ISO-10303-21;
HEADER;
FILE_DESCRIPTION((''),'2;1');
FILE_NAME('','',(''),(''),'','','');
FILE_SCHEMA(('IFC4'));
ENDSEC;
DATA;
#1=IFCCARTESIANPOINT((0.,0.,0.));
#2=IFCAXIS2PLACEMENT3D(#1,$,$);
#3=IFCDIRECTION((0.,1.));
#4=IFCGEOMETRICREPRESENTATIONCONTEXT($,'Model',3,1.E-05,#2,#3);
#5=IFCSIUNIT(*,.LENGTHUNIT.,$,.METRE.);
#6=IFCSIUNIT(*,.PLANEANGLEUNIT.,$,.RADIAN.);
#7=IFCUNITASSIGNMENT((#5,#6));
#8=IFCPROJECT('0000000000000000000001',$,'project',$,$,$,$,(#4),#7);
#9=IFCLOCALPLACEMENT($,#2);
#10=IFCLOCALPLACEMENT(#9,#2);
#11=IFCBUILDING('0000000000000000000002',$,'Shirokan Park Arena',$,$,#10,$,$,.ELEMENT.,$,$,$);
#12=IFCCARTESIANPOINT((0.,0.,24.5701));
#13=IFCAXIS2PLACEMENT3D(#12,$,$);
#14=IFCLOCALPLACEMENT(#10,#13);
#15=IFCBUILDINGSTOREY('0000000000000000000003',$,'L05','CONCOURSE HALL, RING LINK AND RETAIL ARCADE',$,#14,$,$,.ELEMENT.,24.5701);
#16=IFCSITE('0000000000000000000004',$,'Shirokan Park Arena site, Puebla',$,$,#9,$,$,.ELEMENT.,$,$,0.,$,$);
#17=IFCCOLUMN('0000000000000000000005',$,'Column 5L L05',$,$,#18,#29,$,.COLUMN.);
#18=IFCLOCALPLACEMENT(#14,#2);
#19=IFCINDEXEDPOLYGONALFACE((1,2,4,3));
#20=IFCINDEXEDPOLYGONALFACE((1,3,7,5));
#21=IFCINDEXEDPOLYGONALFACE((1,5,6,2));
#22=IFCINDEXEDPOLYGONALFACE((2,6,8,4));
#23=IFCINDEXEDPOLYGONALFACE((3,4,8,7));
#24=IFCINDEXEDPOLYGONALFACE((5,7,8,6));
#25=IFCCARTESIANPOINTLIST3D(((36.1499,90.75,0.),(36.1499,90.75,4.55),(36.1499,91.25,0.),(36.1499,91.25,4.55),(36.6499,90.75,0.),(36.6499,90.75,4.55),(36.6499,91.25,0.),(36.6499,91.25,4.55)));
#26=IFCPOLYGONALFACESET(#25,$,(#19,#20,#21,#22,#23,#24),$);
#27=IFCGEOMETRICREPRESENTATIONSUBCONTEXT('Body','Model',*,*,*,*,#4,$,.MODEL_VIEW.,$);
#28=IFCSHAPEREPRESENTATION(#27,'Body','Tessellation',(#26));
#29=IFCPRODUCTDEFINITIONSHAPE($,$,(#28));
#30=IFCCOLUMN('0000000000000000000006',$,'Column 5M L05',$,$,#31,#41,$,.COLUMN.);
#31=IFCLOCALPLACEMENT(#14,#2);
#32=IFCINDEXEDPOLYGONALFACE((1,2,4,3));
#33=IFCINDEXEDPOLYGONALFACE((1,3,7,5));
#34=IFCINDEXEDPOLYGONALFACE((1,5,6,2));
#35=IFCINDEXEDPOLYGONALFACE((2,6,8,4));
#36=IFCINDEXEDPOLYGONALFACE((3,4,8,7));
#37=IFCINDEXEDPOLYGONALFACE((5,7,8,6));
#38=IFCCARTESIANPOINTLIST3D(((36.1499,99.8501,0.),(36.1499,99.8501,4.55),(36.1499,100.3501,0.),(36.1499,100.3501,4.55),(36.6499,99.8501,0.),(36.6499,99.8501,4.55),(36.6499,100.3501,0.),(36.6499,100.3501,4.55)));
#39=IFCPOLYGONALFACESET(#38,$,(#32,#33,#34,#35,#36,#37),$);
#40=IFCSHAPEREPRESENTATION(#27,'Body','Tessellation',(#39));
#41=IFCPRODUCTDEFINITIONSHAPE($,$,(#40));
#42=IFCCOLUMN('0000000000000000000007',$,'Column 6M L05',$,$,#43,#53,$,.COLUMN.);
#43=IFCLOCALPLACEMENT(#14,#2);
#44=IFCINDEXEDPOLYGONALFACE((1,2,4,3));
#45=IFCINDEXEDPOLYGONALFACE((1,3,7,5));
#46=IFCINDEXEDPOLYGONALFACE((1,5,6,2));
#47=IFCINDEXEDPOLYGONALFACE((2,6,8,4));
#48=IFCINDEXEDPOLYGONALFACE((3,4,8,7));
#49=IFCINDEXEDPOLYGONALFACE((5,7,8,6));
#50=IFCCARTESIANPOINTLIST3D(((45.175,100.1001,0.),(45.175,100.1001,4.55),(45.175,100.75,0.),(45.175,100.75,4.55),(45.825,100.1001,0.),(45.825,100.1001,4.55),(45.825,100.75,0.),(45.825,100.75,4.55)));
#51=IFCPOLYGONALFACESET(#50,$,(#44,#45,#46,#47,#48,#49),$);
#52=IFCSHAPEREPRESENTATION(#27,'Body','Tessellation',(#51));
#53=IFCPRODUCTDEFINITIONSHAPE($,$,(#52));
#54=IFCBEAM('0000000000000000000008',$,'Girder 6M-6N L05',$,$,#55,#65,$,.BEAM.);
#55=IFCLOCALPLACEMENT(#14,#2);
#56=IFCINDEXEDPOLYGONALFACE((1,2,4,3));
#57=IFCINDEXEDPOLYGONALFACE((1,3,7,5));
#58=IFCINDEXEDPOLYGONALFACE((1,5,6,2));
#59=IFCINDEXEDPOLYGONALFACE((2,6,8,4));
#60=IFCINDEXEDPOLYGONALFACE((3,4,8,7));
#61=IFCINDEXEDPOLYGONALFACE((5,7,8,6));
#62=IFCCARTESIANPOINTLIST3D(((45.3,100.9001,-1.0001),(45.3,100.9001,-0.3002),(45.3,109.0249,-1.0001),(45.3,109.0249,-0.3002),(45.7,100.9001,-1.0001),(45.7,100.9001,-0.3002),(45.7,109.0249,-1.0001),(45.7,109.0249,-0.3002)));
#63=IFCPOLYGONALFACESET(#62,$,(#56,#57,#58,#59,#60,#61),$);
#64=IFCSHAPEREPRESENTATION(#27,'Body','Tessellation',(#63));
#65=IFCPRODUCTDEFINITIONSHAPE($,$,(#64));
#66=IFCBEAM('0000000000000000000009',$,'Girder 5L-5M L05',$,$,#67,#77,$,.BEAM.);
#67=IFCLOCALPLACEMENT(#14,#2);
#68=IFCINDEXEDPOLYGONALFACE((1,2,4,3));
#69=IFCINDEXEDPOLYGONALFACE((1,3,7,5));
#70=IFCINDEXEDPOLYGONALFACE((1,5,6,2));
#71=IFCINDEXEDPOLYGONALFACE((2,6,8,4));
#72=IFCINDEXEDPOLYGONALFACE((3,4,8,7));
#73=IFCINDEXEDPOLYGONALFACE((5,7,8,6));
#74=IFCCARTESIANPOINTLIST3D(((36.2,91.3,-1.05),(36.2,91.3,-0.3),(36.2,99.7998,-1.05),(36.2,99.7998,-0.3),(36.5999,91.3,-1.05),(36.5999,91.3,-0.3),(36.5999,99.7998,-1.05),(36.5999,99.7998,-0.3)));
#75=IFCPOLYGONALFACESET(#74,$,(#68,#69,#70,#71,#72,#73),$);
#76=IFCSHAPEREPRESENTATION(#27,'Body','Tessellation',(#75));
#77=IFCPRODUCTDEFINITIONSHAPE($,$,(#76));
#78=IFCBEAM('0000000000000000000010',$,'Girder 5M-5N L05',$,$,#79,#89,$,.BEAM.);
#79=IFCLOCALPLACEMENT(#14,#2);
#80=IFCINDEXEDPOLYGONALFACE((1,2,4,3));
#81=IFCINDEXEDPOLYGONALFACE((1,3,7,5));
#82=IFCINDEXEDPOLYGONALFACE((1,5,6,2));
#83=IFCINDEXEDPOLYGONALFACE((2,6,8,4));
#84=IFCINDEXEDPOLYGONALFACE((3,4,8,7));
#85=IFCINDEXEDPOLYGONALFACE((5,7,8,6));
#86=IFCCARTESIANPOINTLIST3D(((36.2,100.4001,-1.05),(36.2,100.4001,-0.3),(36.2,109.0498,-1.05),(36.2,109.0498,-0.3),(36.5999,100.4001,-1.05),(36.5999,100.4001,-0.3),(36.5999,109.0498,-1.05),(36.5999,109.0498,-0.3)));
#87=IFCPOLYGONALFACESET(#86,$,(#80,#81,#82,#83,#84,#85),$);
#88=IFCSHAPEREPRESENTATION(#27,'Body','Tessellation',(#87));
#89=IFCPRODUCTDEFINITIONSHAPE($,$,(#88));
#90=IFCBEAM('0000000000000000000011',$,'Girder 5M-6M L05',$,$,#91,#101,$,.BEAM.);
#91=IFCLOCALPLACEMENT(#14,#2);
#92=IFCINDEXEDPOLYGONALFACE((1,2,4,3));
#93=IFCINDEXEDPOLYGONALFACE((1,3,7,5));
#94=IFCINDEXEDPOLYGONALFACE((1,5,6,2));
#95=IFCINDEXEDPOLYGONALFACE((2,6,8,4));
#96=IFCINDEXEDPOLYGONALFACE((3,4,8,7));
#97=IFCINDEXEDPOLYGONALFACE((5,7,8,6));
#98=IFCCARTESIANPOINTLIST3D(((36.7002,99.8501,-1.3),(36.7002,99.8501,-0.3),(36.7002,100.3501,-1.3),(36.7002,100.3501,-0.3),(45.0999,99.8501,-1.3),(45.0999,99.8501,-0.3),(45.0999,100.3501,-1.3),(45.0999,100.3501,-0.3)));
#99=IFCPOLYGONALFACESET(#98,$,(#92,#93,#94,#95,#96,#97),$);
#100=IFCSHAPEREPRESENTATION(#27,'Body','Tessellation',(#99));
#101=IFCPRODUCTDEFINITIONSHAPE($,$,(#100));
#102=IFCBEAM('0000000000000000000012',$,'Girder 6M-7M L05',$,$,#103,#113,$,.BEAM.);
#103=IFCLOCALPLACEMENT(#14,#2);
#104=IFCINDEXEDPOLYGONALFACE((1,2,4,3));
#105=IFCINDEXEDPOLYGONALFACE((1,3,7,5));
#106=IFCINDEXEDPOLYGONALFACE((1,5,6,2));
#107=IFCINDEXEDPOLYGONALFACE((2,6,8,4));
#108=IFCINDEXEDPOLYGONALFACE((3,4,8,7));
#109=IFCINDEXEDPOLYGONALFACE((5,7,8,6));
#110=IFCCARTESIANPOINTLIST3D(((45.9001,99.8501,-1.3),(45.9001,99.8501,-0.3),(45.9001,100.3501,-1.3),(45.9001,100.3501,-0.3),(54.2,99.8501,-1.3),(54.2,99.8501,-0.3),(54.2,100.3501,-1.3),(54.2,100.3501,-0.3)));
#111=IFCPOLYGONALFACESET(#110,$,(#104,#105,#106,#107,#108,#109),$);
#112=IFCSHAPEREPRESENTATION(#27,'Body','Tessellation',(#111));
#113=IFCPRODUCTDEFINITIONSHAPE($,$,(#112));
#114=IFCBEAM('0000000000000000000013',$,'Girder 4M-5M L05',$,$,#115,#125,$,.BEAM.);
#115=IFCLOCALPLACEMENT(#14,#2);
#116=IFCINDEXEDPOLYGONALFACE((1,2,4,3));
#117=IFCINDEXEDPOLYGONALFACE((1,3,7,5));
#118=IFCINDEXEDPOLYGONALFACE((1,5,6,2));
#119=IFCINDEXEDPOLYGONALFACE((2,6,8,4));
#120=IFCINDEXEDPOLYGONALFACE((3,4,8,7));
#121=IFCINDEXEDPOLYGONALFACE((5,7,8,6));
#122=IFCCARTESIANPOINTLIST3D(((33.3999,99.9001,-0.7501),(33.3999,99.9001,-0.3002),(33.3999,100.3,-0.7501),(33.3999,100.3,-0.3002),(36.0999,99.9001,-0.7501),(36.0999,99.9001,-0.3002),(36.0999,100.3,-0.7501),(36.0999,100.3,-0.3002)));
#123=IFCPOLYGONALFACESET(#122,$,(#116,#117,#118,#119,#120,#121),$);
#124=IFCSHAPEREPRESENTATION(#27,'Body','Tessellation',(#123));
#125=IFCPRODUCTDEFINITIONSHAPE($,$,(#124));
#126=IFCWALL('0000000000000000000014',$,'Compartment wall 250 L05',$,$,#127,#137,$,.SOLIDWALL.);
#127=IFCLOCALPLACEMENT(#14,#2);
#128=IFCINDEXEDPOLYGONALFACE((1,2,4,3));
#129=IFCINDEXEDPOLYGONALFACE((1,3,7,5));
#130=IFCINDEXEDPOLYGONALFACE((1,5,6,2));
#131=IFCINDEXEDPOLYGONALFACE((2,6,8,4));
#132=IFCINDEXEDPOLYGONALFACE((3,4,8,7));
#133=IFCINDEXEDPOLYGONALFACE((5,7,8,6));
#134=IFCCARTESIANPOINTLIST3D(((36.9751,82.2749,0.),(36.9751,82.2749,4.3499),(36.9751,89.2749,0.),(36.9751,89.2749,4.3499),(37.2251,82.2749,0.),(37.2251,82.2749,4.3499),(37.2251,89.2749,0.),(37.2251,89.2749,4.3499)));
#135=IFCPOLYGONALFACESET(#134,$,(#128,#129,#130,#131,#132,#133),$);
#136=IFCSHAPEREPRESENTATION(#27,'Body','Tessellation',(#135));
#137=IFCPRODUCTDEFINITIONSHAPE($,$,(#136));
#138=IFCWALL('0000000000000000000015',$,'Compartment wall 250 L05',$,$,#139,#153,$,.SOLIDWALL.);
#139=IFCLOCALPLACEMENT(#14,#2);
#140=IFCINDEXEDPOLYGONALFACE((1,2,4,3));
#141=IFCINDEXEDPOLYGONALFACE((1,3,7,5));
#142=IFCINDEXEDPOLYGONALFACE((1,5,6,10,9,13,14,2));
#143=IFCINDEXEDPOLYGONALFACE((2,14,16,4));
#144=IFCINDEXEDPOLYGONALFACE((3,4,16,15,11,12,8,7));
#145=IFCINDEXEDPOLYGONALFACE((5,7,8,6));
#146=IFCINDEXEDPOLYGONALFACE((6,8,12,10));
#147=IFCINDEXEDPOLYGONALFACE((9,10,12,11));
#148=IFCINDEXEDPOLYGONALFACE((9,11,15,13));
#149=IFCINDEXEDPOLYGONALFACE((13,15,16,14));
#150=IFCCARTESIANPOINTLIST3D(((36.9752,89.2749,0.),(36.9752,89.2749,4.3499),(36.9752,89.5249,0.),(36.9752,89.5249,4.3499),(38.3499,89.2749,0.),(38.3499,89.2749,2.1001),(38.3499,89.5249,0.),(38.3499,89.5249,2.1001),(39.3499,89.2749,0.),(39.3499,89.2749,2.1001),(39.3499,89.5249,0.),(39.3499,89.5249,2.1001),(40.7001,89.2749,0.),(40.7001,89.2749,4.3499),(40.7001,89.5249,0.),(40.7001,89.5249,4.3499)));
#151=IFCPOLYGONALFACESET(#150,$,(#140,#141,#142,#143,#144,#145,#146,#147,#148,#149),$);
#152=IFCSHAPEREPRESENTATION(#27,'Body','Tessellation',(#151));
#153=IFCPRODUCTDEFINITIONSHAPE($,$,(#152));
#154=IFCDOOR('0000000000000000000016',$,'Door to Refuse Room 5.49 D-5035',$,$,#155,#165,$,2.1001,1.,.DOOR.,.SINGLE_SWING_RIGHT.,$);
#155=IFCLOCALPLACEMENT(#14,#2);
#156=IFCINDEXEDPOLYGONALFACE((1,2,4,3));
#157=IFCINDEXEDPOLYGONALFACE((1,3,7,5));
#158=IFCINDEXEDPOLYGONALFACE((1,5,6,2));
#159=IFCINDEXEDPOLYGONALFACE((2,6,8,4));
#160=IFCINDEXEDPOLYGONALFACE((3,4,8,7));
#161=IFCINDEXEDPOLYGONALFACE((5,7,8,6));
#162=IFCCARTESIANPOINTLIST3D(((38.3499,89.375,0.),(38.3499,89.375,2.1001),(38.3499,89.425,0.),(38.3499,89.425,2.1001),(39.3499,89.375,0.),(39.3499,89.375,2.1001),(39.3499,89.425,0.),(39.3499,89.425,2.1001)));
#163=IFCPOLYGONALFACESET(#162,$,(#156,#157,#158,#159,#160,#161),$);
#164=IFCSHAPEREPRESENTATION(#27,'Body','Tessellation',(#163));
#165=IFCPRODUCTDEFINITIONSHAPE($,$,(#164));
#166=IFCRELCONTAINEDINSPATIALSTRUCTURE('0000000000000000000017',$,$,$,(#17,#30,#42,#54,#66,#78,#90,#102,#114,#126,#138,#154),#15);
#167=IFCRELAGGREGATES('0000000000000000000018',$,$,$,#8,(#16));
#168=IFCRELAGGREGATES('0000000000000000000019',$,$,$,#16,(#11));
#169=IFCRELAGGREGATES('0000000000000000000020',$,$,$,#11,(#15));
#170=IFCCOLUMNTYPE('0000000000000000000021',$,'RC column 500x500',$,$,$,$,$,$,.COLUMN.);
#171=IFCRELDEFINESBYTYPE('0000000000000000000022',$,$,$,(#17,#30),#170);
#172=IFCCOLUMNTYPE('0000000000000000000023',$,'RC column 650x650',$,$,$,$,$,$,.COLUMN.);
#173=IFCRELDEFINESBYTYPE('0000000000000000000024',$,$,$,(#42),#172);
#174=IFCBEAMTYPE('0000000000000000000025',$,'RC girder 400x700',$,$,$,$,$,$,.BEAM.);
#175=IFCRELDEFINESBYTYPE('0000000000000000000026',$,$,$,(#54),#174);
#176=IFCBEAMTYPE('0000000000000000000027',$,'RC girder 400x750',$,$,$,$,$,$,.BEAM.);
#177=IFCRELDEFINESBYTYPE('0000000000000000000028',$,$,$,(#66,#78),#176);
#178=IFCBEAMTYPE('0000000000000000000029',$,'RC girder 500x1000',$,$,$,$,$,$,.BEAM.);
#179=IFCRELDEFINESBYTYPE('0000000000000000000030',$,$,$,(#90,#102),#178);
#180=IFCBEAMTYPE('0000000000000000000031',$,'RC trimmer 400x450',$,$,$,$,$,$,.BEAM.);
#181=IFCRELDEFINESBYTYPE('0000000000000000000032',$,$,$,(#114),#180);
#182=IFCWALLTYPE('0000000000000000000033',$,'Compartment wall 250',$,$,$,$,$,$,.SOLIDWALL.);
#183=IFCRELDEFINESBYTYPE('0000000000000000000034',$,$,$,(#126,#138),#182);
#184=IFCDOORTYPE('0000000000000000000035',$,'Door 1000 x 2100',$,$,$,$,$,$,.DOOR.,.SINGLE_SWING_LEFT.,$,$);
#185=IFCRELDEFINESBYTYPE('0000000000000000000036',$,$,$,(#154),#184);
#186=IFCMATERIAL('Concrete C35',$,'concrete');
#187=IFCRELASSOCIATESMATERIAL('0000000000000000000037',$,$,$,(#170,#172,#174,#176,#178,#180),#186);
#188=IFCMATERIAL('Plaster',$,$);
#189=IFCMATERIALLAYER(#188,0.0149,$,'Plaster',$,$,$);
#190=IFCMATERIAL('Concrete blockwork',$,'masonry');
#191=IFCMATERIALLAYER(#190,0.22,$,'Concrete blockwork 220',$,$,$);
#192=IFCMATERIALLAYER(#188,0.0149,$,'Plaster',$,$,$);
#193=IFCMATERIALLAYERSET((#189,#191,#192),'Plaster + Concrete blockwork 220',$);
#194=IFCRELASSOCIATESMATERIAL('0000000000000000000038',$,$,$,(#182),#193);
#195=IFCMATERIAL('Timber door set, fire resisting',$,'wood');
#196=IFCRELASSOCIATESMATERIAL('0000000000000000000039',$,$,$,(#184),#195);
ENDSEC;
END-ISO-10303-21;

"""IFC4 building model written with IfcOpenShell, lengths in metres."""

from ifc_helpers import new_model, si_unit, direction, frame, frame_2d, origin, origin_2d, place, context, subcontext, project, spatial, rectangle, extrude, material, layer, layer_set, material_profile, profile_set, type_object, element, fill, save


model = new_model("IFC4")

# Units and contexts
model_context = context("Model", 3, precision=1e-05, world=origin(), true_north=direction((0.0, 1.0)))
body_context = subcontext(model_context, "Body", "Model", "MODEL_VIEW")
ifc_project = project(units=[si_unit("LENGTHUNIT", "METRE"), si_unit("PLANEANGLEUNIT", "RADIAN")], contexts=[model_context])

# Site, building, storey
site_placement = place(None, origin())
site = spatial("IfcSite", under=ifc_project, at=site_placement, Name="Shirokan Park Arena site, Puebla", CompositionType="ELEMENT", RefElevation=0.0)
building_placement = place(site_placement, origin())
building = spatial("IfcBuilding", under=site, at=building_placement, Name="Shirokan Park Arena", CompositionType="ELEMENT")
storey_placement = place(building_placement, frame((0.0, 0.0, 24.5701)))
storey = spatial("IfcBuildingStorey", under=building, at=storey_placement, Name="L05", Description="CONCOURSE HALL, RING LINK AND RETAIL ARCADE", CompositionType="ELEMENT", Elevation=24.5701)

# Columns
ifc_material_1 = material(Name="Concrete C35", Category="concrete")
ifc_material_profile_1 = material_profile(ifc_material_1, rectangle(XDim=0.5, YDim=0.5, at=origin_2d()), Name="500x500")
ifc_profile_set_1 = profile_set([ifc_material_profile_1], Name="Concrete C35")
column_type_1 = type_object("IfcColumnType", Name="RC column 500x500", PredefinedType="COLUMN", material=ifc_profile_set_1)
for number, where, z_axis, x_axis, name in (
    (1, (36.3999, 91.0, 0.0), (0.0, 0.0, 1.0), (1.0, 0.0, 0.0), "Column 5L L05"),
    (2, (36.3999, 100.1001, 0.0), (0.0, 0.0, 1.0), (1.0, 0.0, 0.0), "Column 5M L05"),
):
    element("IfcColumn", number, at=place(storey_placement, frame(where, z_axis=z_axis, x_axis=x_axis)), inside=storey, type_object=column_type_1, Name=name, PredefinedType="COLUMN", context=body_context, shape_type="SweptSolid", body=[
        extrude(rectangle(XDim=0.5, YDim=0.5, at=origin_2d()), origin(), (0.0, 0.0, 1.0), 4.55),
    ])
ifc_material_profile_2 = material_profile(ifc_material_1, rectangle(XDim=0.6499, YDim=0.6499, at=origin_2d()), Name="650x650")
ifc_profile_set_2 = profile_set([ifc_material_profile_2], Name="Concrete C35")
column_type_2 = type_object("IfcColumnType", Name="RC column 650x650", PredefinedType="COLUMN", material=ifc_profile_set_2)
column_placement = place(storey_placement, frame((45.5, 100.425, 0.0), z_axis=(0.0, 0.0, 1.0), x_axis=(1.0, 0.0, 0.0)))
element("IfcColumn", 3, at=column_placement, inside=storey, type_object=column_type_2, Name="Column 6M L05", PredefinedType="COLUMN", context=body_context, shape_type="SweptSolid", body=[
    extrude(rectangle(XDim=0.6499, YDim=0.6499, at=origin_2d()), origin(), (0.0, 0.0, 1.0), 4.55),
])

# Beams
ifc_material_profile_3 = material_profile(ifc_material_1, rectangle(XDim=0.3999, YDim=0.7, at=origin_2d()), Name="400x700")
ifc_profile_set_3 = profile_set([ifc_material_profile_3], Name="Concrete C35")
beam_type_1 = type_object("IfcBeamType", Name="RC girder 400x700", PredefinedType="BEAM", material=ifc_profile_set_3)
beam_1_placement = place(storey_placement, frame((45.5, 100.9001, -0.6501), z_axis=(0.0, 1.0, 0.0), x_axis=(-1.0, 0.0, 0.0)))
element("IfcBeam", 4, at=beam_1_placement, inside=storey, type_object=beam_type_1, Name="Girder 6M-6N L05", PredefinedType="BEAM", context=body_context, shape_type="SweptSolid", body=[
    extrude(rectangle(XDim=0.3999, YDim=0.7, at=origin_2d()), origin(), (0.0, 0.0, 1.0), 8.1248),
])
ifc_material_profile_4 = material_profile(ifc_material_1, rectangle(XDim=0.3999, YDim=0.75, at=origin_2d()), Name="400x750")
ifc_profile_set_4 = profile_set([ifc_material_profile_4], Name="Concrete C35")
beam_type_2 = type_object("IfcBeamType", Name="RC girder 400x750", PredefinedType="BEAM", material=ifc_profile_set_4)
beam_2_placement = place(storey_placement, frame((36.3999, 91.3, -0.675), z_axis=(0.0, 1.0, 0.0), x_axis=(-1.0, 0.0, 0.0)))
element("IfcBeam", 5, at=beam_2_placement, inside=storey, type_object=beam_type_2, Name="Girder 5L-5M L05", PredefinedType="BEAM", context=body_context, shape_type="SweptSolid", body=[
    extrude(rectangle(XDim=0.3999, YDim=0.75, at=origin_2d()), origin(), (0.0, 0.0, 1.0), 8.4998),
])
beam_3_placement = place(storey_placement, frame((36.3999, 100.4001, -0.675), z_axis=(0.0, 1.0, 0.0), x_axis=(-1.0, 0.0, 0.0)))
element("IfcBeam", 6, at=beam_3_placement, inside=storey, type_object=beam_type_2, Name="Girder 5M-5N L05", PredefinedType="BEAM", context=body_context, shape_type="SweptSolid", body=[
    extrude(rectangle(XDim=0.3999, YDim=0.75, at=origin_2d()), origin(), (0.0, 0.0, 1.0), 8.6497),
])
ifc_material_profile_5 = material_profile(ifc_material_1, rectangle(XDim=0.5, YDim=1.0, at=origin_2d()), Name="500x1000")
ifc_profile_set_5 = profile_set([ifc_material_profile_5], Name="Concrete C35")
beam_type_3 = type_object("IfcBeamType", Name="RC girder 500x1000", PredefinedType="BEAM", material=ifc_profile_set_5)
beam_4_placement = place(storey_placement, frame((36.7002, 100.1001, -0.8), z_axis=(1.0, 0.0, 0.0), x_axis=(0.0, 1.0, 0.0)))
element("IfcBeam", 7, at=beam_4_placement, inside=storey, type_object=beam_type_3, Name="Girder 5M-6M L05", PredefinedType="BEAM", context=body_context, shape_type="SweptSolid", body=[
    extrude(rectangle(XDim=0.5, YDim=1.0, at=origin_2d()), origin(), (0.0, 0.0, 1.0), 8.3997),
])
beam_5_placement = place(storey_placement, frame((45.9001, 100.1001, -0.8), z_axis=(1.0, 0.0, 0.0), x_axis=(0.0, 1.0, 0.0)))
element("IfcBeam", 8, at=beam_5_placement, inside=storey, type_object=beam_type_3, Name="Girder 6M-7M L05", PredefinedType="BEAM", context=body_context, shape_type="SweptSolid", body=[
    extrude(rectangle(XDim=0.5, YDim=1.0, at=origin_2d()), origin(), (0.0, 0.0, 1.0), 8.2998),
])
ifc_material_profile_6 = material_profile(ifc_material_1, rectangle(XDim=0.3999, YDim=0.45, at=origin_2d()), Name="400x450")
ifc_profile_set_6 = profile_set([ifc_material_profile_6], Name="Concrete C35")
beam_type_4 = type_object("IfcBeamType", Name="RC trimmer 400x450", PredefinedType="BEAM", material=ifc_profile_set_6)
beam_6_placement = place(storey_placement, frame((33.3999, 100.1001, -0.5251), z_axis=(1.0, 0.0, 0.0), x_axis=(0.0, 1.0, 0.0)))
element("IfcBeam", 9, at=beam_6_placement, inside=storey, type_object=beam_type_4, Name="Girder 4M-5M L05", PredefinedType="BEAM", context=body_context, shape_type="SweptSolid", body=[
    extrude(rectangle(XDim=0.3999, YDim=0.45, at=origin_2d()), origin(), (0.0, 0.0, 1.0), 2.7),
])

# Wall
ifc_material_2 = material(Name="Plaster")
ifc_layer_1 = layer(ifc_material_2, 0.0149, Name="Plaster")
ifc_material_3 = material(Name="Concrete blockwork", Category="masonry")
ifc_layer_2 = layer(ifc_material_3, 0.22, Name="Concrete blockwork 220")
ifc_layer_3 = layer(ifc_material_2, 0.0149, Name="Plaster")
ifc_layer_set_1 = layer_set([ifc_layer_1, ifc_layer_2, ifc_layer_3], Name="Plaster + Concrete blockwork 220")
wall_type_1 = type_object("IfcWallType", Name="Compartment wall 250", PredefinedType="SOLIDWALL", material=ifc_layer_set_1)
wall_1_placement = place(storey_placement, frame((37.1001, 89.2749, 0.0), z_axis=(0.0, 0.0, 1.0), x_axis=(0.0, -1.0, 0.0)))
element("IfcWall", 10, at=wall_1_placement, inside=storey, type_object=wall_type_1, Name="Compartment wall 250 L05", PredefinedType="SOLIDWALL", context=body_context, shape_type="SweptSolid", body=[
    extrude(rectangle(XDim=7.0, YDim=0.25, at=frame_2d((3.5, 0.0))), origin(), (0.0, 0.0, 1.0), 4.3499),
])

# Wall, opening, door
wall_2_placement = place(storey_placement, frame((40.7, 89.3999, 0.0), z_axis=(0.0, 0.0, 1.0), x_axis=(-1.0, 0.0, 0.0)))
wall_2 = element("IfcWall", 11, at=wall_2_placement, inside=storey, type_object=wall_type_1, Name="Compartment wall 250 L05", PredefinedType="SOLIDWALL", context=body_context, shape_type="SweptSolid", body=[
    extrude(rectangle(XDim=3.7249, YDim=0.25, at=frame_2d((1.8623, 0.0))), origin(), (0.0, 0.0, 1.0), 4.3499),
])
opening_1_placement = place(wall_2_placement, frame((1.3501, 0.0, 0.0)))
opening_1 = element("IfcOpeningElement", 12, at=opening_1_placement, cuts=wall_2, PredefinedType="OPENING", context=body_context, shape_type="SweptSolid", body=[
    extrude(rectangle(XDim=1.0, YDim=2.1001, at=frame_2d((0.5, 1.05))), frame((0.0, 0.135, 0.0), z_axis=(0.0, -1.0, 0.0), x_axis=(1.0, 0.0, 0.0)), (0.0, 0.0, 1.0), 0.27),
])
ifc_material_4 = material(Name="Timber door set, fire resisting", Category="wood")
door_type_1 = type_object("IfcDoorType", Name="Door 1000 x 2100", OperationType="SINGLE_SWING_LEFT", PredefinedType="DOOR", material=ifc_material_4)
door_1_placement = place(opening_1_placement, origin())
door_1 = element("IfcDoor", 13, at=door_1_placement, inside=storey, type_object=door_type_1, Name="Door to Refuse Room 5.49 D-5035", OperationType="SINGLE_SWING_RIGHT", OverallHeight=2.1001, OverallWidth=1.0, PredefinedType="DOOR", context=body_context, shape_type="SweptSolid", body=[
    extrude(rectangle(XDim=1.0, YDim=2.1001, at=frame_2d((0.5, 1.05))), frame((0.0, 0.0249, 0.0), z_axis=(0.0, -1.0, 0.0), x_axis=(1.0, 0.0, 0.0)), (0.0, 0.0, 1.0), 0.05),
])
fill(opening_1, door_1)

save(model, "model.ifc")
